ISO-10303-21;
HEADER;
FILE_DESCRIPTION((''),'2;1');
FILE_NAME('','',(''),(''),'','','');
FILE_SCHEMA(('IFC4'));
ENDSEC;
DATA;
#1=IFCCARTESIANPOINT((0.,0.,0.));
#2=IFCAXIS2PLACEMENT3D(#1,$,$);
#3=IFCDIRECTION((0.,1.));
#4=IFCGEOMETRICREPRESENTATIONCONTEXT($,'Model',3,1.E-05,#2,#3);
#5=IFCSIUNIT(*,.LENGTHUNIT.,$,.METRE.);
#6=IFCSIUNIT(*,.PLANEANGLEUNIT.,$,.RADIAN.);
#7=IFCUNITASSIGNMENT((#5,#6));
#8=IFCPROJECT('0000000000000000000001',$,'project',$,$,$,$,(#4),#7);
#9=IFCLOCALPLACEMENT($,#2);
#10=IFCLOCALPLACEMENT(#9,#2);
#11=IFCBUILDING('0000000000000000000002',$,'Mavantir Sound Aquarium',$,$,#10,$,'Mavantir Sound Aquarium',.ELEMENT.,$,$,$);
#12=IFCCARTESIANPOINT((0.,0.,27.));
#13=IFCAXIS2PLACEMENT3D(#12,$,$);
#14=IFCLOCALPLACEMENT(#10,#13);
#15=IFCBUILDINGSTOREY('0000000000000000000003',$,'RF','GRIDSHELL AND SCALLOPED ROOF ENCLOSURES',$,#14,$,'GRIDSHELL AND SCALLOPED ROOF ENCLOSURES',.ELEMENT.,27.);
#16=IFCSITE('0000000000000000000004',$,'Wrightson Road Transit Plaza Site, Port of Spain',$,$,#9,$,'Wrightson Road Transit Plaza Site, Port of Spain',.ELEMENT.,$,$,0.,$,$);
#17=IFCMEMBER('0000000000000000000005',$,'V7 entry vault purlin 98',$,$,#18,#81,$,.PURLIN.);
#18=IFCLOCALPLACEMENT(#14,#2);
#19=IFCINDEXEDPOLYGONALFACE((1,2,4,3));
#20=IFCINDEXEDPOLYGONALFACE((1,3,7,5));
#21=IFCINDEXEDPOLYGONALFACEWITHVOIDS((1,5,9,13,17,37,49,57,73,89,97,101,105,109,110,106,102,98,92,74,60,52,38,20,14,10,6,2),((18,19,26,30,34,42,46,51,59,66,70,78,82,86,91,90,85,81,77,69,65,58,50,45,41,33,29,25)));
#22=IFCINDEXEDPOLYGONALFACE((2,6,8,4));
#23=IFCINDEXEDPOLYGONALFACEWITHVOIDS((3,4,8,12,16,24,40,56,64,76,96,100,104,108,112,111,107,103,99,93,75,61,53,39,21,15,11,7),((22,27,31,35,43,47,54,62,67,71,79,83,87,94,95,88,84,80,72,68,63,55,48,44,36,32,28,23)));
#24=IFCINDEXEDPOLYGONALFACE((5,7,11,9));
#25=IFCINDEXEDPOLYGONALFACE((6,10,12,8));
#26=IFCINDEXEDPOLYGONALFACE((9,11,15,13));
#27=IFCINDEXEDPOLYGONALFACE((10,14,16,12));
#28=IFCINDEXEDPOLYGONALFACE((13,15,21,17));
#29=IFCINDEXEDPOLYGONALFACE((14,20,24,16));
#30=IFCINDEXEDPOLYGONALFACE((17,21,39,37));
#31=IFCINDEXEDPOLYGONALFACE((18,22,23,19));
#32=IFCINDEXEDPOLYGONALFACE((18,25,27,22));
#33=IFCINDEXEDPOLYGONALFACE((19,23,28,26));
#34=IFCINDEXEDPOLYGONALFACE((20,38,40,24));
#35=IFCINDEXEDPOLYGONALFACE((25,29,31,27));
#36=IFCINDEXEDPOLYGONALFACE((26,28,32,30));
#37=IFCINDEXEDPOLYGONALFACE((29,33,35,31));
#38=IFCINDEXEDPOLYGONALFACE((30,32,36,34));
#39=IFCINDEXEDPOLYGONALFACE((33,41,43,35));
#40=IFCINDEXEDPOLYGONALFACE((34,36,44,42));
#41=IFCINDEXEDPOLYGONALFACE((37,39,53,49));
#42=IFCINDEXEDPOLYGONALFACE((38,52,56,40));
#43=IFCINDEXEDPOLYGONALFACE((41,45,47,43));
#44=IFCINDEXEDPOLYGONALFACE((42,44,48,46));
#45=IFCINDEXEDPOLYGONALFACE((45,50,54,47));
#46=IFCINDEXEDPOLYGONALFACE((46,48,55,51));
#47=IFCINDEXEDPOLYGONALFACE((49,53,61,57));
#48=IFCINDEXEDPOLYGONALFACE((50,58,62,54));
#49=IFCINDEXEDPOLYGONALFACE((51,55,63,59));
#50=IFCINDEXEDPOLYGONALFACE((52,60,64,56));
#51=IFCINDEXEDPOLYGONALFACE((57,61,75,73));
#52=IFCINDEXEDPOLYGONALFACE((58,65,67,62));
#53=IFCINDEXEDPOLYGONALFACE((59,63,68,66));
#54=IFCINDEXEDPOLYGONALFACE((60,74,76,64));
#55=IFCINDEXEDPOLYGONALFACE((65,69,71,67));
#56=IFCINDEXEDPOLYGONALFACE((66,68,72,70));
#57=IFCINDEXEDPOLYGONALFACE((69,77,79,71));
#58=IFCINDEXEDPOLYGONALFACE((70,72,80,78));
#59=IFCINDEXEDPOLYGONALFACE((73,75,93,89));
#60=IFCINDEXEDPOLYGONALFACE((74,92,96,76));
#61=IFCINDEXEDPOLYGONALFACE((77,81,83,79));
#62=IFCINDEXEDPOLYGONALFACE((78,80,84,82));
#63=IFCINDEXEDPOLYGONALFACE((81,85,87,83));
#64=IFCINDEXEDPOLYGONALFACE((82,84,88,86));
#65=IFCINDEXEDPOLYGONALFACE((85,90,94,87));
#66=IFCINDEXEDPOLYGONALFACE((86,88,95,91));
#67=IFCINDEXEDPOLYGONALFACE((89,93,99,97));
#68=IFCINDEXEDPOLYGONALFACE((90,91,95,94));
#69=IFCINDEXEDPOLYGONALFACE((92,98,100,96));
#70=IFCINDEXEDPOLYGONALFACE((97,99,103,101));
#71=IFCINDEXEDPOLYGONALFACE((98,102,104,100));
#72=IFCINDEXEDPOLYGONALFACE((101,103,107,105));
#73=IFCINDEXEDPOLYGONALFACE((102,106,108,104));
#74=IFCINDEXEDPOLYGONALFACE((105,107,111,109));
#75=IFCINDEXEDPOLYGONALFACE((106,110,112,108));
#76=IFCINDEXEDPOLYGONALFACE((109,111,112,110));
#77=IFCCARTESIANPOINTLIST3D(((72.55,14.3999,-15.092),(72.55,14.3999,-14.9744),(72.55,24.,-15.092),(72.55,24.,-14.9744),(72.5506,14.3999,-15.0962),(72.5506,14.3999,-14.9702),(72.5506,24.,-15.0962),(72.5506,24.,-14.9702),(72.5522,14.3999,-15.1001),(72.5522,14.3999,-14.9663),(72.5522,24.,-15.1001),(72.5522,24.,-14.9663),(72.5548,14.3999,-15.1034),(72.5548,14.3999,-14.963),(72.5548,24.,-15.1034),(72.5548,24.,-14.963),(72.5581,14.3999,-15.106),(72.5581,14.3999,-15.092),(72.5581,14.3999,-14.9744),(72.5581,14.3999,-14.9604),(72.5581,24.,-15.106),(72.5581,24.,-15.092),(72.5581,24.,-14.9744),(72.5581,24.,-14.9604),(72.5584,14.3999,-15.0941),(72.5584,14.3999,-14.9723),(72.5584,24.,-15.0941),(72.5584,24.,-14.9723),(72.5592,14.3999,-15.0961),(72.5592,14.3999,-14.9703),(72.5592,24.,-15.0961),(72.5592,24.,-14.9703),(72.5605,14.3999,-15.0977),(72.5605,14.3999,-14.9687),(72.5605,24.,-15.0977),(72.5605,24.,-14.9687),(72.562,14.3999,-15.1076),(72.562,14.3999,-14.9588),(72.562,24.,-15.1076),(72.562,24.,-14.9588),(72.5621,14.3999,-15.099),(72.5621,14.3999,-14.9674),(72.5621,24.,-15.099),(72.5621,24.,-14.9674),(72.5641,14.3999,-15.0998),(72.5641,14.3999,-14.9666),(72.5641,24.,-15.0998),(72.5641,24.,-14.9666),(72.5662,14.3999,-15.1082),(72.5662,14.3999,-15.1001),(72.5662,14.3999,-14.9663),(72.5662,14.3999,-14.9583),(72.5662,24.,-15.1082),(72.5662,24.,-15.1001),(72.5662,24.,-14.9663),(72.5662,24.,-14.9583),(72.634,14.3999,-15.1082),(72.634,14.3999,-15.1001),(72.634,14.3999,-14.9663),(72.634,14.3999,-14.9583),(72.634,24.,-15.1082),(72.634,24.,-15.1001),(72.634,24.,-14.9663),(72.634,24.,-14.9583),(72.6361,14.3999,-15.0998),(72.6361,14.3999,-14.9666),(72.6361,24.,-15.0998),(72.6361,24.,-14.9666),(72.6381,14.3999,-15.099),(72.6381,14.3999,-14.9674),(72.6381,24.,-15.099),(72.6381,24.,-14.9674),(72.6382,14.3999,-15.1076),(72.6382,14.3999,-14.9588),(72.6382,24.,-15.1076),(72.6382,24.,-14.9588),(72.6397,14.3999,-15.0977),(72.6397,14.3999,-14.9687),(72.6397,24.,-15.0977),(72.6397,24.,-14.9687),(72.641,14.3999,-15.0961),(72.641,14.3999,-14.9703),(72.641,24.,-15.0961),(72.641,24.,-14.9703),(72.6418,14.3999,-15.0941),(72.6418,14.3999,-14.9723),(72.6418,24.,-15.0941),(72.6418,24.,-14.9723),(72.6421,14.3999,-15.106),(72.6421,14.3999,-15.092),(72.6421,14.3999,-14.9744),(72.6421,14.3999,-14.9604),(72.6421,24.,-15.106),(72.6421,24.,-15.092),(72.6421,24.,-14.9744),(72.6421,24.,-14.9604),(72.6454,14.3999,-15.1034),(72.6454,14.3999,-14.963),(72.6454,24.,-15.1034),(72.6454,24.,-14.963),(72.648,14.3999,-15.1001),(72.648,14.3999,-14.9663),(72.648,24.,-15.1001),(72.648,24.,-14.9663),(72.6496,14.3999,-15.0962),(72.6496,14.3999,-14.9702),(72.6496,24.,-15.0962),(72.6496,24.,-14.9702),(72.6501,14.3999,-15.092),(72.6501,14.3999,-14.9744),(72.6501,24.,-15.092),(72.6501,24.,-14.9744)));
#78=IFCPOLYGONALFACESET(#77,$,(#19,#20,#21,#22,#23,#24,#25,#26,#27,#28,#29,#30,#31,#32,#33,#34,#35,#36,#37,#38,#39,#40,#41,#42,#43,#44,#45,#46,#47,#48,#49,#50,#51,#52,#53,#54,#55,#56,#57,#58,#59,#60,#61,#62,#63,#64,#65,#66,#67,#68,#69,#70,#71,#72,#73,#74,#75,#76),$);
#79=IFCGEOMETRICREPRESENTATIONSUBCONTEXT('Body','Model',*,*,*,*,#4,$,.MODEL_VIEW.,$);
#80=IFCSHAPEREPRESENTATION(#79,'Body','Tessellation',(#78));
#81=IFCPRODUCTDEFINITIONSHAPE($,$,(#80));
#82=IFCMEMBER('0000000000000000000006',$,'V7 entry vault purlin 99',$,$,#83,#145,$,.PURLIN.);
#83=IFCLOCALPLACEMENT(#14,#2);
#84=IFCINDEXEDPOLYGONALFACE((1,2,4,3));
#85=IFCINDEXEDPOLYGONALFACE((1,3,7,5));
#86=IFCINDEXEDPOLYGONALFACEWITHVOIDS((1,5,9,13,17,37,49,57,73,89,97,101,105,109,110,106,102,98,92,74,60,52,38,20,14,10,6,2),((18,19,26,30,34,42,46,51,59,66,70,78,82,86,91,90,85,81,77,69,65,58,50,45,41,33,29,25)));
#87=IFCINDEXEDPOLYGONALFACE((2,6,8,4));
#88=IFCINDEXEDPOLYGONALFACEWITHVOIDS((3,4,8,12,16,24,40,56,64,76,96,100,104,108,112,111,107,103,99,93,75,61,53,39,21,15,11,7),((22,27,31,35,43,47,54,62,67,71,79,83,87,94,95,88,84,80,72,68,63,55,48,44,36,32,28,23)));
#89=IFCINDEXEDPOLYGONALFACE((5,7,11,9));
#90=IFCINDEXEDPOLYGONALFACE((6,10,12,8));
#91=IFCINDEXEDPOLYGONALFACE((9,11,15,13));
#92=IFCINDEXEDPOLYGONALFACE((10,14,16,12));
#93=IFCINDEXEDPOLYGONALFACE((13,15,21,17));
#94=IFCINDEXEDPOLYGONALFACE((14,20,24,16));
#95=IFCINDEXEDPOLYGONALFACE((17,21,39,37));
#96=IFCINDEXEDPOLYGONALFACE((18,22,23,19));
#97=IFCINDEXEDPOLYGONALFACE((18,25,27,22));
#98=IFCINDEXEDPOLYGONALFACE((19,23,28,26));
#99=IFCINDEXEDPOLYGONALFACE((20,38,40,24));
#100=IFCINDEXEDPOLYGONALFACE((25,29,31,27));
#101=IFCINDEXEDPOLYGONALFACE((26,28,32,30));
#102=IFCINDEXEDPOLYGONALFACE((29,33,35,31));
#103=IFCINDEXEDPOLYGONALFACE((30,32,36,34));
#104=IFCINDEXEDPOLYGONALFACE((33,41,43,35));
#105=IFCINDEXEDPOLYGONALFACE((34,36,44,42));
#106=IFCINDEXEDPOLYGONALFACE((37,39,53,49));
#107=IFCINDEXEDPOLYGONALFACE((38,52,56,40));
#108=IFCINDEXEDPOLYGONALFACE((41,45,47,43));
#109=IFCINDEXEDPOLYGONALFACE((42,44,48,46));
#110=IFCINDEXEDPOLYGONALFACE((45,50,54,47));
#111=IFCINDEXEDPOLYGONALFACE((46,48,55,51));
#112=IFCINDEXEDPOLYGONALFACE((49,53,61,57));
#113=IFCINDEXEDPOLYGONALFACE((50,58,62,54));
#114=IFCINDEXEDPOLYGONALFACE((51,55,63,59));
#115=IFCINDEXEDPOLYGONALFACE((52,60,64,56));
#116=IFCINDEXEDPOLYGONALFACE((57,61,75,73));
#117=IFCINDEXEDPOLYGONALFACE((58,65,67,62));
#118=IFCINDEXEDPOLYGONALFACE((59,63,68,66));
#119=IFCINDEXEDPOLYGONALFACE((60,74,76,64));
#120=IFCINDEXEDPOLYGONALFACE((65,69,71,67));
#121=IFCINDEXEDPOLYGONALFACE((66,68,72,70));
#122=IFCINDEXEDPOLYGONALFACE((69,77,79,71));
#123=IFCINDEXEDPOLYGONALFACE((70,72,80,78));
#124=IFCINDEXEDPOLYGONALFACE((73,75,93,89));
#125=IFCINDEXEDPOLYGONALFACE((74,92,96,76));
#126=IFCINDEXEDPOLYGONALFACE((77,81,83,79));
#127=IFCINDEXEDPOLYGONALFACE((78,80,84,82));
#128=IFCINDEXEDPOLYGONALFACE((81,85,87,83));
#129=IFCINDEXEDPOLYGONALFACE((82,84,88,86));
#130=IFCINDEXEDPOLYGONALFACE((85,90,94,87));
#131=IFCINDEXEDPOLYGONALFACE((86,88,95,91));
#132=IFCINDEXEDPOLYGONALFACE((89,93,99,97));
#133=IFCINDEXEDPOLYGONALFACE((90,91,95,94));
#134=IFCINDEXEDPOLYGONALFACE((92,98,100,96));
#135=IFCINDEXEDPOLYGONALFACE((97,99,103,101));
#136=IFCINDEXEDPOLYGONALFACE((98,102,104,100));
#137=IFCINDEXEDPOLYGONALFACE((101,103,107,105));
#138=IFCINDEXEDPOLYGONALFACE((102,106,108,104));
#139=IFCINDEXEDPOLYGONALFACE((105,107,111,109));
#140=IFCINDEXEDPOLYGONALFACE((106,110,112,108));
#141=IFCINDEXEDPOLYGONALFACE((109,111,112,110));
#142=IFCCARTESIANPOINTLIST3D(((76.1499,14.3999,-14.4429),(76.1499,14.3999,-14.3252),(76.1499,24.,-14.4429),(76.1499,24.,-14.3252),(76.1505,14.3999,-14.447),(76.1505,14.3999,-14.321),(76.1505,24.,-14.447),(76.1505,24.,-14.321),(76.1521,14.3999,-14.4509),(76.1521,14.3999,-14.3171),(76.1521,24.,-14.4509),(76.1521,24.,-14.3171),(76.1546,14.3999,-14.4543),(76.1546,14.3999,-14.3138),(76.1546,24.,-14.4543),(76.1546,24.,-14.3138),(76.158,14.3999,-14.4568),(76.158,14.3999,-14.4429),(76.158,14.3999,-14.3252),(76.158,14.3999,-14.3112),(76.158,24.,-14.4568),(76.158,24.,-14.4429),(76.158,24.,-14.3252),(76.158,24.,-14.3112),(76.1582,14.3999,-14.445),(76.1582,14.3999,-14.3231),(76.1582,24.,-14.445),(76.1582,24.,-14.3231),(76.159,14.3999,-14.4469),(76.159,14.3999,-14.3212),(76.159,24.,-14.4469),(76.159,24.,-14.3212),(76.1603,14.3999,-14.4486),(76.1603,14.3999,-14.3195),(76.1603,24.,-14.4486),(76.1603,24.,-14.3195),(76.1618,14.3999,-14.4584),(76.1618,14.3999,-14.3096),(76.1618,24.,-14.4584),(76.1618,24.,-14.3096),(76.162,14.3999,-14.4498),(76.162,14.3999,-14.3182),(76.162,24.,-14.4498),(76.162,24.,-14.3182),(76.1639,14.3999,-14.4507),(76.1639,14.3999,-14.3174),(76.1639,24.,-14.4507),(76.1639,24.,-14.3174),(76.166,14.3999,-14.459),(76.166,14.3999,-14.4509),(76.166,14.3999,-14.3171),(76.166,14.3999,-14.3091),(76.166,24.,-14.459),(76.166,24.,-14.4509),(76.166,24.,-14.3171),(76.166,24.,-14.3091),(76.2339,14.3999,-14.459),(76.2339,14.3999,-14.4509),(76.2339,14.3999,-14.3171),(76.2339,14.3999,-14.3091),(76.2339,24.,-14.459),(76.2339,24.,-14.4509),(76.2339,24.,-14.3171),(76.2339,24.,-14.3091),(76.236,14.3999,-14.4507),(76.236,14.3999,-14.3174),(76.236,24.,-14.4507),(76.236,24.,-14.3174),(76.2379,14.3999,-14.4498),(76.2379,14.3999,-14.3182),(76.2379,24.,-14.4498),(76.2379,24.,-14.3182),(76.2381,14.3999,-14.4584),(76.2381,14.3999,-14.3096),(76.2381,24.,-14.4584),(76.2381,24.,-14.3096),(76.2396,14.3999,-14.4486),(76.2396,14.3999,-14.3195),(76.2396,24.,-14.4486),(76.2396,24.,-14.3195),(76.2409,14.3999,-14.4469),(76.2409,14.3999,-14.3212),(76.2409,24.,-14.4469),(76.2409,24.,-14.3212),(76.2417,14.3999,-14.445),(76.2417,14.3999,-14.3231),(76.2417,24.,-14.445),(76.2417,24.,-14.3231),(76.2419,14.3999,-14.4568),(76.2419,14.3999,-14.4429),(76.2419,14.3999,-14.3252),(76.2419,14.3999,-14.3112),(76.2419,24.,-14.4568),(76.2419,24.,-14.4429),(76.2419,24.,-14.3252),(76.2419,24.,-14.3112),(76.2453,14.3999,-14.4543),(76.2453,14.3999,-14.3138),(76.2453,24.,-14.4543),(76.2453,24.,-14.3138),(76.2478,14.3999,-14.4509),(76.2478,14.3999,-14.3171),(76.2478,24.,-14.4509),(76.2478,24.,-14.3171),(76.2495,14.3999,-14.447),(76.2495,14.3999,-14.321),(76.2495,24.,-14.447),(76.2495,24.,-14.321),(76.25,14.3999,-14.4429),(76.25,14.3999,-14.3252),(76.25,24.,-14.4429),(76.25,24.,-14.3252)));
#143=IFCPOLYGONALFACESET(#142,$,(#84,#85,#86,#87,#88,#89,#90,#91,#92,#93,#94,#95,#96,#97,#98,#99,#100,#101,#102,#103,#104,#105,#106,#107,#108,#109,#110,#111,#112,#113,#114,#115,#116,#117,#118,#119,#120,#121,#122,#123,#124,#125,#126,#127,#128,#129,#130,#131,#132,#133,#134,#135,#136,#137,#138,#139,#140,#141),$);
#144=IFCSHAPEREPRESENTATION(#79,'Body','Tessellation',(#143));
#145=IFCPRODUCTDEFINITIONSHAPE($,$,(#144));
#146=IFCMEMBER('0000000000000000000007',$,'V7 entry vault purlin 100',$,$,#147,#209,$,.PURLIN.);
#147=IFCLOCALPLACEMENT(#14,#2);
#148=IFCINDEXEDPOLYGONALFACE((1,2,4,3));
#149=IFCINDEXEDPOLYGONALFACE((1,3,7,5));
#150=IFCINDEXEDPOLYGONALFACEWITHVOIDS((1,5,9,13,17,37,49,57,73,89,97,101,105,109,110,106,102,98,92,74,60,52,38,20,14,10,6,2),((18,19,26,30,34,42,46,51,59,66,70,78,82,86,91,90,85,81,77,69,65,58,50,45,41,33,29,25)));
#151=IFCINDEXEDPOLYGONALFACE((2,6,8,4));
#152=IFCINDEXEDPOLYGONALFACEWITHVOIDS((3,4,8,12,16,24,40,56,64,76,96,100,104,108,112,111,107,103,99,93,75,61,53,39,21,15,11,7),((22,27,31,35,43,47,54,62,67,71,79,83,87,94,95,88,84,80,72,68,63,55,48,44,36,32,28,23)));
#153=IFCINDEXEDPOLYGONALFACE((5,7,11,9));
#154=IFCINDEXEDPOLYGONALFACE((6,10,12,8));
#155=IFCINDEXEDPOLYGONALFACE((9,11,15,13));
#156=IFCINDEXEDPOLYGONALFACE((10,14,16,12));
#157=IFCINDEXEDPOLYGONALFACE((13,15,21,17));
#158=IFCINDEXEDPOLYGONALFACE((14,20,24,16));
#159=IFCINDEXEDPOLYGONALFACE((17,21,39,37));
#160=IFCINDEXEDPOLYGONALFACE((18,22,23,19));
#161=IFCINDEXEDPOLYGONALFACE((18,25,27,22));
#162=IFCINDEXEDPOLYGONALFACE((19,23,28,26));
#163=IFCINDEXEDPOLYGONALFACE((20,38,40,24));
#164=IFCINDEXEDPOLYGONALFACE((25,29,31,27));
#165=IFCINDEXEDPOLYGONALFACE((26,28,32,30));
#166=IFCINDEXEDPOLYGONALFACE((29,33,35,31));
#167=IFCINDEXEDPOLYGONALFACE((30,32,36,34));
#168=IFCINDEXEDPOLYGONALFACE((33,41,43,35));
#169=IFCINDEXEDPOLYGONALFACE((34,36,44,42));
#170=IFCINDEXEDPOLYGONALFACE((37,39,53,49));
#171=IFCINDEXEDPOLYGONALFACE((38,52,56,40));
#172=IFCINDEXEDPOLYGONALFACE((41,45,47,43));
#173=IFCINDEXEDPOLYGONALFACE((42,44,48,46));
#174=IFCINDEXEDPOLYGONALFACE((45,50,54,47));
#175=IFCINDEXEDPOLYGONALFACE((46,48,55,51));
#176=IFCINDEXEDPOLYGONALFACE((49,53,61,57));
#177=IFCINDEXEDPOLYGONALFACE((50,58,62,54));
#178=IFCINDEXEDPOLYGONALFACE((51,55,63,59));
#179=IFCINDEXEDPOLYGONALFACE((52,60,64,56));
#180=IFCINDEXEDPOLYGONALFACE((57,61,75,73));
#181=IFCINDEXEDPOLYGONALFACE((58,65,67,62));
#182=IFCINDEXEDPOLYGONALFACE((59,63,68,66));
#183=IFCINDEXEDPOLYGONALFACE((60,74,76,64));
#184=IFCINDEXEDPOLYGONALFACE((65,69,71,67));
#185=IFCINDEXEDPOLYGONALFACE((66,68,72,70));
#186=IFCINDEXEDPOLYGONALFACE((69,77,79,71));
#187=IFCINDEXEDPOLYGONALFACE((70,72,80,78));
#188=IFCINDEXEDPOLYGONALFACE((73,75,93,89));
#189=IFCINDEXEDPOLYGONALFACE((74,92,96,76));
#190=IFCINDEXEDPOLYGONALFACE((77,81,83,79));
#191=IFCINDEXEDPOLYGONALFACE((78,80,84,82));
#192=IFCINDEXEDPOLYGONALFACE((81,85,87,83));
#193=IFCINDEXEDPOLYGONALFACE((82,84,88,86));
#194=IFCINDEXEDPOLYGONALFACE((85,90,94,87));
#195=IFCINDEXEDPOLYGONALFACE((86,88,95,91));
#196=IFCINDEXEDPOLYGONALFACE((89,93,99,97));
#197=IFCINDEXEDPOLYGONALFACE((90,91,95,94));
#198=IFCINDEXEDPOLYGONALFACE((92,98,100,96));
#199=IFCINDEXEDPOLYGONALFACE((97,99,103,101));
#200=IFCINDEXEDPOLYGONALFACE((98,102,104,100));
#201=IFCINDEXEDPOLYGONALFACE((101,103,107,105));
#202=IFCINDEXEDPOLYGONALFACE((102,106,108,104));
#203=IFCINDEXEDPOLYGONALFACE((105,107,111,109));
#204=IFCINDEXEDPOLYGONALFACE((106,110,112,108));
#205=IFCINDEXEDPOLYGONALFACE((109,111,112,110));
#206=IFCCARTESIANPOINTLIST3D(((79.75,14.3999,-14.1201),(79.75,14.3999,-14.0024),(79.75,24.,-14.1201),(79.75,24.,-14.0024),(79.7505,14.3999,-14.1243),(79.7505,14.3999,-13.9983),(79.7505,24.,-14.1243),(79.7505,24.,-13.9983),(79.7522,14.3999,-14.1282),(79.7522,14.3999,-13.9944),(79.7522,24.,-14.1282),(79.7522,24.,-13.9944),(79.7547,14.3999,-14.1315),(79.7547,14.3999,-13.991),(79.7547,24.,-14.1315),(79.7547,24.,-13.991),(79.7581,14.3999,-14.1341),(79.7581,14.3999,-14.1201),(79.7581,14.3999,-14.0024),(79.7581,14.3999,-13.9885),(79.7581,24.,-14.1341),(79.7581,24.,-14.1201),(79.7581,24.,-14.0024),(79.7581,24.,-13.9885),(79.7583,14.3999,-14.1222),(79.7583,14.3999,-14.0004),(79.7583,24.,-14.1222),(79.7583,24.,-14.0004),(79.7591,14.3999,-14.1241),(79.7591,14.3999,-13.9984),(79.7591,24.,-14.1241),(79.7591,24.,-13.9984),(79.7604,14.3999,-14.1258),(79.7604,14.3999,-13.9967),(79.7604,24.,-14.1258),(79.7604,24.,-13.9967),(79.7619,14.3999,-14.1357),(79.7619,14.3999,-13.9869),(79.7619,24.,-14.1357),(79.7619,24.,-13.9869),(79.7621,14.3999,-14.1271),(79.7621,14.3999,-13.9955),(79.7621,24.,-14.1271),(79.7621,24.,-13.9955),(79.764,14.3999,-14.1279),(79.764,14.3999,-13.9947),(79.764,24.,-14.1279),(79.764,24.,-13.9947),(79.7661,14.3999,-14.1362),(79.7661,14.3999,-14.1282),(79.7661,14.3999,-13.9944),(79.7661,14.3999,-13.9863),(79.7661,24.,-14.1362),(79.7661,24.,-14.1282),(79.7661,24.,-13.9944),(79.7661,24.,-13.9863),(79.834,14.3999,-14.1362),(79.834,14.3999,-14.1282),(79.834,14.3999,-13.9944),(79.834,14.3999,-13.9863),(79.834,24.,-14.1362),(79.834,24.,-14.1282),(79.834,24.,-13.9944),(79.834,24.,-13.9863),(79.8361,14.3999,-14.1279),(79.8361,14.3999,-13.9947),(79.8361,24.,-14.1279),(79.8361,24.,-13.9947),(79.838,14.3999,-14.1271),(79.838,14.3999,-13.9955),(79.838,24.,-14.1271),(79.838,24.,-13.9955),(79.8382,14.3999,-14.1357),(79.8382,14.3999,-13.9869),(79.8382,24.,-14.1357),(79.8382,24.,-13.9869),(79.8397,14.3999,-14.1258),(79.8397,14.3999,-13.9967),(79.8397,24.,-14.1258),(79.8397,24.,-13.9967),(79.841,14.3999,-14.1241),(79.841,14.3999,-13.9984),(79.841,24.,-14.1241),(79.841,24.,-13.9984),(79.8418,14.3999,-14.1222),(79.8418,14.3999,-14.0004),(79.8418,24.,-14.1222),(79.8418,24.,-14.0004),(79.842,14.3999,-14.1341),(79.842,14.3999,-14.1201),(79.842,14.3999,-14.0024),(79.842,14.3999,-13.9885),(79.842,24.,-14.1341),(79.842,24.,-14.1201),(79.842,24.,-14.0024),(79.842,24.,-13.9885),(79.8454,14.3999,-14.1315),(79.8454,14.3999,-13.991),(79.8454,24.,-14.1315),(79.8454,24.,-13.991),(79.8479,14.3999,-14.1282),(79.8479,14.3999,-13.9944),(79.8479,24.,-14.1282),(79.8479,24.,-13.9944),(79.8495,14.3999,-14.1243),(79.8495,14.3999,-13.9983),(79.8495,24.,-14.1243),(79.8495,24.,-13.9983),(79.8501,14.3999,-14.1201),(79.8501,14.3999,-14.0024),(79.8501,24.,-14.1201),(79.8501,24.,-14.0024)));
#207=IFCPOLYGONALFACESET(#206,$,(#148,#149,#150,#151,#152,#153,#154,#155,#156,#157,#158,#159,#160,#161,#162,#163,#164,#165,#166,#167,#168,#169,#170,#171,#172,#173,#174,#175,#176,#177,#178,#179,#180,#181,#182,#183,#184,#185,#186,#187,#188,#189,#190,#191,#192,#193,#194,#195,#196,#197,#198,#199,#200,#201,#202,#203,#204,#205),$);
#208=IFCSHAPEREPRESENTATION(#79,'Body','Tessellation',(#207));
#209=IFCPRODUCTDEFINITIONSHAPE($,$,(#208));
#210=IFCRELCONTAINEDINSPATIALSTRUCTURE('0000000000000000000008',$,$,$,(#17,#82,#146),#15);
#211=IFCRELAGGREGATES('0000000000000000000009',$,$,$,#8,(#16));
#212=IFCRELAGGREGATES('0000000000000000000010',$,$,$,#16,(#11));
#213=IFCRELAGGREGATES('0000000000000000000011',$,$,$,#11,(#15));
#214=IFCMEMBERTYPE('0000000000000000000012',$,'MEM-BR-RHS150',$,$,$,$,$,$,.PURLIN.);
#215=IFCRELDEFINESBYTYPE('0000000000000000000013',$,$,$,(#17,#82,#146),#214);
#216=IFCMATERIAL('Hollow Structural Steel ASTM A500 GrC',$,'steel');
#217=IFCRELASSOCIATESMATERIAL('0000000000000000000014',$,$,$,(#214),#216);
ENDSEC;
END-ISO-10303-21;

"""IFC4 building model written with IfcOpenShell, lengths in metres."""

from ifc_helpers import new_model, si_unit, direction, frame, origin, origin_2d, place, context, subcontext, project, spatial, hollow_rectangle, extrude, material, material_profile, profile_set, type_object, element, save


model = new_model("IFC4")

# Units and contexts
model_context = context("Model", 3, precision=1e-05, world=origin(), true_north=direction((0.0, 1.0)))
body_context = subcontext(model_context, "Body", "Model", "MODEL_VIEW")
ifc_project = project(units=[si_unit("LENGTHUNIT", "METRE"), si_unit("PLANEANGLEUNIT", "RADIAN")], contexts=[model_context])

# Site, building, storey
site_placement = place(None, origin())
site = spatial("IfcSite", under=ifc_project, at=site_placement, Name="Wrightson Road Transit Plaza Site, Port of Spain", LongName="Wrightson Road Transit Plaza Site, Port of Spain", CompositionType="ELEMENT", RefElevation=0.0)
building_placement = place(site_placement, origin())
building = spatial("IfcBuilding", under=site, at=building_placement, Name="Mavantir Sound Aquarium", LongName="Mavantir Sound Aquarium", CompositionType="ELEMENT")
storey_placement = place(building_placement, frame((0.0, 0.0, 27.0)))
storey = spatial("IfcBuildingStorey", under=building, at=storey_placement, Name="RF", Description="GRIDSHELL AND SCALLOPED ROOF ENCLOSURES", LongName="GRIDSHELL AND SCALLOPED ROOF ENCLOSURES", CompositionType="ELEMENT", Elevation=27.0)

# Members
ifc_material_1 = material(Name="Hollow Structural Steel ASTM A500 GrC", Category="steel")
ifc_material_profile_1 = material_profile(ifc_material_1, hollow_rectangle(XDim=0.1001, YDim=0.1499, WallThickness=0.0081, InnerFilletRadius=0.0081, OuterFilletRadius=0.0161, at=origin_2d()), Name="RHS 150X100X8")
ifc_profile_set_1 = profile_set([ifc_material_profile_1], Name="Hollow Structural Steel ASTM A500 GrC")
member_type_1 = type_object("IfcMemberType", Name="MEM-BR-RHS150", PredefinedType="PURLIN", material=ifc_profile_set_1)
for number, where, z_axis, x_axis, name in (
    (1, (72.6001, 14.3999, -15.0332), (0.0, 1.0, 0.0), (-1.0, 0.0, 0.0), "V7 entry vault purlin 98"),
    (2, (76.2, 14.3999, -14.384), (0.0, 1.0, 0.0), (-1.0, 0.0, 0.0), "V7 entry vault purlin 99"),
    (3, (79.8, 14.3999, -14.0613), (0.0, 1.0, 0.0), (-1.0, 0.0, 0.0), "V7 entry vault purlin 100"),
):
    element("IfcMember", number, at=place(storey_placement, frame(where, z_axis=z_axis, x_axis=x_axis)), inside=storey, type_object=member_type_1, Name=name, PredefinedType="PURLIN", context=body_context, shape_type="SweptSolid", body=[
        extrude(hollow_rectangle(XDim=0.1001, YDim=0.1499, WallThickness=0.0081, InnerFilletRadius=0.0081, OuterFilletRadius=0.0161, at=origin_2d()), origin(), (0.0, 0.0, 1.0), 9.6001),
    ])

save(model, "model.ifc")
